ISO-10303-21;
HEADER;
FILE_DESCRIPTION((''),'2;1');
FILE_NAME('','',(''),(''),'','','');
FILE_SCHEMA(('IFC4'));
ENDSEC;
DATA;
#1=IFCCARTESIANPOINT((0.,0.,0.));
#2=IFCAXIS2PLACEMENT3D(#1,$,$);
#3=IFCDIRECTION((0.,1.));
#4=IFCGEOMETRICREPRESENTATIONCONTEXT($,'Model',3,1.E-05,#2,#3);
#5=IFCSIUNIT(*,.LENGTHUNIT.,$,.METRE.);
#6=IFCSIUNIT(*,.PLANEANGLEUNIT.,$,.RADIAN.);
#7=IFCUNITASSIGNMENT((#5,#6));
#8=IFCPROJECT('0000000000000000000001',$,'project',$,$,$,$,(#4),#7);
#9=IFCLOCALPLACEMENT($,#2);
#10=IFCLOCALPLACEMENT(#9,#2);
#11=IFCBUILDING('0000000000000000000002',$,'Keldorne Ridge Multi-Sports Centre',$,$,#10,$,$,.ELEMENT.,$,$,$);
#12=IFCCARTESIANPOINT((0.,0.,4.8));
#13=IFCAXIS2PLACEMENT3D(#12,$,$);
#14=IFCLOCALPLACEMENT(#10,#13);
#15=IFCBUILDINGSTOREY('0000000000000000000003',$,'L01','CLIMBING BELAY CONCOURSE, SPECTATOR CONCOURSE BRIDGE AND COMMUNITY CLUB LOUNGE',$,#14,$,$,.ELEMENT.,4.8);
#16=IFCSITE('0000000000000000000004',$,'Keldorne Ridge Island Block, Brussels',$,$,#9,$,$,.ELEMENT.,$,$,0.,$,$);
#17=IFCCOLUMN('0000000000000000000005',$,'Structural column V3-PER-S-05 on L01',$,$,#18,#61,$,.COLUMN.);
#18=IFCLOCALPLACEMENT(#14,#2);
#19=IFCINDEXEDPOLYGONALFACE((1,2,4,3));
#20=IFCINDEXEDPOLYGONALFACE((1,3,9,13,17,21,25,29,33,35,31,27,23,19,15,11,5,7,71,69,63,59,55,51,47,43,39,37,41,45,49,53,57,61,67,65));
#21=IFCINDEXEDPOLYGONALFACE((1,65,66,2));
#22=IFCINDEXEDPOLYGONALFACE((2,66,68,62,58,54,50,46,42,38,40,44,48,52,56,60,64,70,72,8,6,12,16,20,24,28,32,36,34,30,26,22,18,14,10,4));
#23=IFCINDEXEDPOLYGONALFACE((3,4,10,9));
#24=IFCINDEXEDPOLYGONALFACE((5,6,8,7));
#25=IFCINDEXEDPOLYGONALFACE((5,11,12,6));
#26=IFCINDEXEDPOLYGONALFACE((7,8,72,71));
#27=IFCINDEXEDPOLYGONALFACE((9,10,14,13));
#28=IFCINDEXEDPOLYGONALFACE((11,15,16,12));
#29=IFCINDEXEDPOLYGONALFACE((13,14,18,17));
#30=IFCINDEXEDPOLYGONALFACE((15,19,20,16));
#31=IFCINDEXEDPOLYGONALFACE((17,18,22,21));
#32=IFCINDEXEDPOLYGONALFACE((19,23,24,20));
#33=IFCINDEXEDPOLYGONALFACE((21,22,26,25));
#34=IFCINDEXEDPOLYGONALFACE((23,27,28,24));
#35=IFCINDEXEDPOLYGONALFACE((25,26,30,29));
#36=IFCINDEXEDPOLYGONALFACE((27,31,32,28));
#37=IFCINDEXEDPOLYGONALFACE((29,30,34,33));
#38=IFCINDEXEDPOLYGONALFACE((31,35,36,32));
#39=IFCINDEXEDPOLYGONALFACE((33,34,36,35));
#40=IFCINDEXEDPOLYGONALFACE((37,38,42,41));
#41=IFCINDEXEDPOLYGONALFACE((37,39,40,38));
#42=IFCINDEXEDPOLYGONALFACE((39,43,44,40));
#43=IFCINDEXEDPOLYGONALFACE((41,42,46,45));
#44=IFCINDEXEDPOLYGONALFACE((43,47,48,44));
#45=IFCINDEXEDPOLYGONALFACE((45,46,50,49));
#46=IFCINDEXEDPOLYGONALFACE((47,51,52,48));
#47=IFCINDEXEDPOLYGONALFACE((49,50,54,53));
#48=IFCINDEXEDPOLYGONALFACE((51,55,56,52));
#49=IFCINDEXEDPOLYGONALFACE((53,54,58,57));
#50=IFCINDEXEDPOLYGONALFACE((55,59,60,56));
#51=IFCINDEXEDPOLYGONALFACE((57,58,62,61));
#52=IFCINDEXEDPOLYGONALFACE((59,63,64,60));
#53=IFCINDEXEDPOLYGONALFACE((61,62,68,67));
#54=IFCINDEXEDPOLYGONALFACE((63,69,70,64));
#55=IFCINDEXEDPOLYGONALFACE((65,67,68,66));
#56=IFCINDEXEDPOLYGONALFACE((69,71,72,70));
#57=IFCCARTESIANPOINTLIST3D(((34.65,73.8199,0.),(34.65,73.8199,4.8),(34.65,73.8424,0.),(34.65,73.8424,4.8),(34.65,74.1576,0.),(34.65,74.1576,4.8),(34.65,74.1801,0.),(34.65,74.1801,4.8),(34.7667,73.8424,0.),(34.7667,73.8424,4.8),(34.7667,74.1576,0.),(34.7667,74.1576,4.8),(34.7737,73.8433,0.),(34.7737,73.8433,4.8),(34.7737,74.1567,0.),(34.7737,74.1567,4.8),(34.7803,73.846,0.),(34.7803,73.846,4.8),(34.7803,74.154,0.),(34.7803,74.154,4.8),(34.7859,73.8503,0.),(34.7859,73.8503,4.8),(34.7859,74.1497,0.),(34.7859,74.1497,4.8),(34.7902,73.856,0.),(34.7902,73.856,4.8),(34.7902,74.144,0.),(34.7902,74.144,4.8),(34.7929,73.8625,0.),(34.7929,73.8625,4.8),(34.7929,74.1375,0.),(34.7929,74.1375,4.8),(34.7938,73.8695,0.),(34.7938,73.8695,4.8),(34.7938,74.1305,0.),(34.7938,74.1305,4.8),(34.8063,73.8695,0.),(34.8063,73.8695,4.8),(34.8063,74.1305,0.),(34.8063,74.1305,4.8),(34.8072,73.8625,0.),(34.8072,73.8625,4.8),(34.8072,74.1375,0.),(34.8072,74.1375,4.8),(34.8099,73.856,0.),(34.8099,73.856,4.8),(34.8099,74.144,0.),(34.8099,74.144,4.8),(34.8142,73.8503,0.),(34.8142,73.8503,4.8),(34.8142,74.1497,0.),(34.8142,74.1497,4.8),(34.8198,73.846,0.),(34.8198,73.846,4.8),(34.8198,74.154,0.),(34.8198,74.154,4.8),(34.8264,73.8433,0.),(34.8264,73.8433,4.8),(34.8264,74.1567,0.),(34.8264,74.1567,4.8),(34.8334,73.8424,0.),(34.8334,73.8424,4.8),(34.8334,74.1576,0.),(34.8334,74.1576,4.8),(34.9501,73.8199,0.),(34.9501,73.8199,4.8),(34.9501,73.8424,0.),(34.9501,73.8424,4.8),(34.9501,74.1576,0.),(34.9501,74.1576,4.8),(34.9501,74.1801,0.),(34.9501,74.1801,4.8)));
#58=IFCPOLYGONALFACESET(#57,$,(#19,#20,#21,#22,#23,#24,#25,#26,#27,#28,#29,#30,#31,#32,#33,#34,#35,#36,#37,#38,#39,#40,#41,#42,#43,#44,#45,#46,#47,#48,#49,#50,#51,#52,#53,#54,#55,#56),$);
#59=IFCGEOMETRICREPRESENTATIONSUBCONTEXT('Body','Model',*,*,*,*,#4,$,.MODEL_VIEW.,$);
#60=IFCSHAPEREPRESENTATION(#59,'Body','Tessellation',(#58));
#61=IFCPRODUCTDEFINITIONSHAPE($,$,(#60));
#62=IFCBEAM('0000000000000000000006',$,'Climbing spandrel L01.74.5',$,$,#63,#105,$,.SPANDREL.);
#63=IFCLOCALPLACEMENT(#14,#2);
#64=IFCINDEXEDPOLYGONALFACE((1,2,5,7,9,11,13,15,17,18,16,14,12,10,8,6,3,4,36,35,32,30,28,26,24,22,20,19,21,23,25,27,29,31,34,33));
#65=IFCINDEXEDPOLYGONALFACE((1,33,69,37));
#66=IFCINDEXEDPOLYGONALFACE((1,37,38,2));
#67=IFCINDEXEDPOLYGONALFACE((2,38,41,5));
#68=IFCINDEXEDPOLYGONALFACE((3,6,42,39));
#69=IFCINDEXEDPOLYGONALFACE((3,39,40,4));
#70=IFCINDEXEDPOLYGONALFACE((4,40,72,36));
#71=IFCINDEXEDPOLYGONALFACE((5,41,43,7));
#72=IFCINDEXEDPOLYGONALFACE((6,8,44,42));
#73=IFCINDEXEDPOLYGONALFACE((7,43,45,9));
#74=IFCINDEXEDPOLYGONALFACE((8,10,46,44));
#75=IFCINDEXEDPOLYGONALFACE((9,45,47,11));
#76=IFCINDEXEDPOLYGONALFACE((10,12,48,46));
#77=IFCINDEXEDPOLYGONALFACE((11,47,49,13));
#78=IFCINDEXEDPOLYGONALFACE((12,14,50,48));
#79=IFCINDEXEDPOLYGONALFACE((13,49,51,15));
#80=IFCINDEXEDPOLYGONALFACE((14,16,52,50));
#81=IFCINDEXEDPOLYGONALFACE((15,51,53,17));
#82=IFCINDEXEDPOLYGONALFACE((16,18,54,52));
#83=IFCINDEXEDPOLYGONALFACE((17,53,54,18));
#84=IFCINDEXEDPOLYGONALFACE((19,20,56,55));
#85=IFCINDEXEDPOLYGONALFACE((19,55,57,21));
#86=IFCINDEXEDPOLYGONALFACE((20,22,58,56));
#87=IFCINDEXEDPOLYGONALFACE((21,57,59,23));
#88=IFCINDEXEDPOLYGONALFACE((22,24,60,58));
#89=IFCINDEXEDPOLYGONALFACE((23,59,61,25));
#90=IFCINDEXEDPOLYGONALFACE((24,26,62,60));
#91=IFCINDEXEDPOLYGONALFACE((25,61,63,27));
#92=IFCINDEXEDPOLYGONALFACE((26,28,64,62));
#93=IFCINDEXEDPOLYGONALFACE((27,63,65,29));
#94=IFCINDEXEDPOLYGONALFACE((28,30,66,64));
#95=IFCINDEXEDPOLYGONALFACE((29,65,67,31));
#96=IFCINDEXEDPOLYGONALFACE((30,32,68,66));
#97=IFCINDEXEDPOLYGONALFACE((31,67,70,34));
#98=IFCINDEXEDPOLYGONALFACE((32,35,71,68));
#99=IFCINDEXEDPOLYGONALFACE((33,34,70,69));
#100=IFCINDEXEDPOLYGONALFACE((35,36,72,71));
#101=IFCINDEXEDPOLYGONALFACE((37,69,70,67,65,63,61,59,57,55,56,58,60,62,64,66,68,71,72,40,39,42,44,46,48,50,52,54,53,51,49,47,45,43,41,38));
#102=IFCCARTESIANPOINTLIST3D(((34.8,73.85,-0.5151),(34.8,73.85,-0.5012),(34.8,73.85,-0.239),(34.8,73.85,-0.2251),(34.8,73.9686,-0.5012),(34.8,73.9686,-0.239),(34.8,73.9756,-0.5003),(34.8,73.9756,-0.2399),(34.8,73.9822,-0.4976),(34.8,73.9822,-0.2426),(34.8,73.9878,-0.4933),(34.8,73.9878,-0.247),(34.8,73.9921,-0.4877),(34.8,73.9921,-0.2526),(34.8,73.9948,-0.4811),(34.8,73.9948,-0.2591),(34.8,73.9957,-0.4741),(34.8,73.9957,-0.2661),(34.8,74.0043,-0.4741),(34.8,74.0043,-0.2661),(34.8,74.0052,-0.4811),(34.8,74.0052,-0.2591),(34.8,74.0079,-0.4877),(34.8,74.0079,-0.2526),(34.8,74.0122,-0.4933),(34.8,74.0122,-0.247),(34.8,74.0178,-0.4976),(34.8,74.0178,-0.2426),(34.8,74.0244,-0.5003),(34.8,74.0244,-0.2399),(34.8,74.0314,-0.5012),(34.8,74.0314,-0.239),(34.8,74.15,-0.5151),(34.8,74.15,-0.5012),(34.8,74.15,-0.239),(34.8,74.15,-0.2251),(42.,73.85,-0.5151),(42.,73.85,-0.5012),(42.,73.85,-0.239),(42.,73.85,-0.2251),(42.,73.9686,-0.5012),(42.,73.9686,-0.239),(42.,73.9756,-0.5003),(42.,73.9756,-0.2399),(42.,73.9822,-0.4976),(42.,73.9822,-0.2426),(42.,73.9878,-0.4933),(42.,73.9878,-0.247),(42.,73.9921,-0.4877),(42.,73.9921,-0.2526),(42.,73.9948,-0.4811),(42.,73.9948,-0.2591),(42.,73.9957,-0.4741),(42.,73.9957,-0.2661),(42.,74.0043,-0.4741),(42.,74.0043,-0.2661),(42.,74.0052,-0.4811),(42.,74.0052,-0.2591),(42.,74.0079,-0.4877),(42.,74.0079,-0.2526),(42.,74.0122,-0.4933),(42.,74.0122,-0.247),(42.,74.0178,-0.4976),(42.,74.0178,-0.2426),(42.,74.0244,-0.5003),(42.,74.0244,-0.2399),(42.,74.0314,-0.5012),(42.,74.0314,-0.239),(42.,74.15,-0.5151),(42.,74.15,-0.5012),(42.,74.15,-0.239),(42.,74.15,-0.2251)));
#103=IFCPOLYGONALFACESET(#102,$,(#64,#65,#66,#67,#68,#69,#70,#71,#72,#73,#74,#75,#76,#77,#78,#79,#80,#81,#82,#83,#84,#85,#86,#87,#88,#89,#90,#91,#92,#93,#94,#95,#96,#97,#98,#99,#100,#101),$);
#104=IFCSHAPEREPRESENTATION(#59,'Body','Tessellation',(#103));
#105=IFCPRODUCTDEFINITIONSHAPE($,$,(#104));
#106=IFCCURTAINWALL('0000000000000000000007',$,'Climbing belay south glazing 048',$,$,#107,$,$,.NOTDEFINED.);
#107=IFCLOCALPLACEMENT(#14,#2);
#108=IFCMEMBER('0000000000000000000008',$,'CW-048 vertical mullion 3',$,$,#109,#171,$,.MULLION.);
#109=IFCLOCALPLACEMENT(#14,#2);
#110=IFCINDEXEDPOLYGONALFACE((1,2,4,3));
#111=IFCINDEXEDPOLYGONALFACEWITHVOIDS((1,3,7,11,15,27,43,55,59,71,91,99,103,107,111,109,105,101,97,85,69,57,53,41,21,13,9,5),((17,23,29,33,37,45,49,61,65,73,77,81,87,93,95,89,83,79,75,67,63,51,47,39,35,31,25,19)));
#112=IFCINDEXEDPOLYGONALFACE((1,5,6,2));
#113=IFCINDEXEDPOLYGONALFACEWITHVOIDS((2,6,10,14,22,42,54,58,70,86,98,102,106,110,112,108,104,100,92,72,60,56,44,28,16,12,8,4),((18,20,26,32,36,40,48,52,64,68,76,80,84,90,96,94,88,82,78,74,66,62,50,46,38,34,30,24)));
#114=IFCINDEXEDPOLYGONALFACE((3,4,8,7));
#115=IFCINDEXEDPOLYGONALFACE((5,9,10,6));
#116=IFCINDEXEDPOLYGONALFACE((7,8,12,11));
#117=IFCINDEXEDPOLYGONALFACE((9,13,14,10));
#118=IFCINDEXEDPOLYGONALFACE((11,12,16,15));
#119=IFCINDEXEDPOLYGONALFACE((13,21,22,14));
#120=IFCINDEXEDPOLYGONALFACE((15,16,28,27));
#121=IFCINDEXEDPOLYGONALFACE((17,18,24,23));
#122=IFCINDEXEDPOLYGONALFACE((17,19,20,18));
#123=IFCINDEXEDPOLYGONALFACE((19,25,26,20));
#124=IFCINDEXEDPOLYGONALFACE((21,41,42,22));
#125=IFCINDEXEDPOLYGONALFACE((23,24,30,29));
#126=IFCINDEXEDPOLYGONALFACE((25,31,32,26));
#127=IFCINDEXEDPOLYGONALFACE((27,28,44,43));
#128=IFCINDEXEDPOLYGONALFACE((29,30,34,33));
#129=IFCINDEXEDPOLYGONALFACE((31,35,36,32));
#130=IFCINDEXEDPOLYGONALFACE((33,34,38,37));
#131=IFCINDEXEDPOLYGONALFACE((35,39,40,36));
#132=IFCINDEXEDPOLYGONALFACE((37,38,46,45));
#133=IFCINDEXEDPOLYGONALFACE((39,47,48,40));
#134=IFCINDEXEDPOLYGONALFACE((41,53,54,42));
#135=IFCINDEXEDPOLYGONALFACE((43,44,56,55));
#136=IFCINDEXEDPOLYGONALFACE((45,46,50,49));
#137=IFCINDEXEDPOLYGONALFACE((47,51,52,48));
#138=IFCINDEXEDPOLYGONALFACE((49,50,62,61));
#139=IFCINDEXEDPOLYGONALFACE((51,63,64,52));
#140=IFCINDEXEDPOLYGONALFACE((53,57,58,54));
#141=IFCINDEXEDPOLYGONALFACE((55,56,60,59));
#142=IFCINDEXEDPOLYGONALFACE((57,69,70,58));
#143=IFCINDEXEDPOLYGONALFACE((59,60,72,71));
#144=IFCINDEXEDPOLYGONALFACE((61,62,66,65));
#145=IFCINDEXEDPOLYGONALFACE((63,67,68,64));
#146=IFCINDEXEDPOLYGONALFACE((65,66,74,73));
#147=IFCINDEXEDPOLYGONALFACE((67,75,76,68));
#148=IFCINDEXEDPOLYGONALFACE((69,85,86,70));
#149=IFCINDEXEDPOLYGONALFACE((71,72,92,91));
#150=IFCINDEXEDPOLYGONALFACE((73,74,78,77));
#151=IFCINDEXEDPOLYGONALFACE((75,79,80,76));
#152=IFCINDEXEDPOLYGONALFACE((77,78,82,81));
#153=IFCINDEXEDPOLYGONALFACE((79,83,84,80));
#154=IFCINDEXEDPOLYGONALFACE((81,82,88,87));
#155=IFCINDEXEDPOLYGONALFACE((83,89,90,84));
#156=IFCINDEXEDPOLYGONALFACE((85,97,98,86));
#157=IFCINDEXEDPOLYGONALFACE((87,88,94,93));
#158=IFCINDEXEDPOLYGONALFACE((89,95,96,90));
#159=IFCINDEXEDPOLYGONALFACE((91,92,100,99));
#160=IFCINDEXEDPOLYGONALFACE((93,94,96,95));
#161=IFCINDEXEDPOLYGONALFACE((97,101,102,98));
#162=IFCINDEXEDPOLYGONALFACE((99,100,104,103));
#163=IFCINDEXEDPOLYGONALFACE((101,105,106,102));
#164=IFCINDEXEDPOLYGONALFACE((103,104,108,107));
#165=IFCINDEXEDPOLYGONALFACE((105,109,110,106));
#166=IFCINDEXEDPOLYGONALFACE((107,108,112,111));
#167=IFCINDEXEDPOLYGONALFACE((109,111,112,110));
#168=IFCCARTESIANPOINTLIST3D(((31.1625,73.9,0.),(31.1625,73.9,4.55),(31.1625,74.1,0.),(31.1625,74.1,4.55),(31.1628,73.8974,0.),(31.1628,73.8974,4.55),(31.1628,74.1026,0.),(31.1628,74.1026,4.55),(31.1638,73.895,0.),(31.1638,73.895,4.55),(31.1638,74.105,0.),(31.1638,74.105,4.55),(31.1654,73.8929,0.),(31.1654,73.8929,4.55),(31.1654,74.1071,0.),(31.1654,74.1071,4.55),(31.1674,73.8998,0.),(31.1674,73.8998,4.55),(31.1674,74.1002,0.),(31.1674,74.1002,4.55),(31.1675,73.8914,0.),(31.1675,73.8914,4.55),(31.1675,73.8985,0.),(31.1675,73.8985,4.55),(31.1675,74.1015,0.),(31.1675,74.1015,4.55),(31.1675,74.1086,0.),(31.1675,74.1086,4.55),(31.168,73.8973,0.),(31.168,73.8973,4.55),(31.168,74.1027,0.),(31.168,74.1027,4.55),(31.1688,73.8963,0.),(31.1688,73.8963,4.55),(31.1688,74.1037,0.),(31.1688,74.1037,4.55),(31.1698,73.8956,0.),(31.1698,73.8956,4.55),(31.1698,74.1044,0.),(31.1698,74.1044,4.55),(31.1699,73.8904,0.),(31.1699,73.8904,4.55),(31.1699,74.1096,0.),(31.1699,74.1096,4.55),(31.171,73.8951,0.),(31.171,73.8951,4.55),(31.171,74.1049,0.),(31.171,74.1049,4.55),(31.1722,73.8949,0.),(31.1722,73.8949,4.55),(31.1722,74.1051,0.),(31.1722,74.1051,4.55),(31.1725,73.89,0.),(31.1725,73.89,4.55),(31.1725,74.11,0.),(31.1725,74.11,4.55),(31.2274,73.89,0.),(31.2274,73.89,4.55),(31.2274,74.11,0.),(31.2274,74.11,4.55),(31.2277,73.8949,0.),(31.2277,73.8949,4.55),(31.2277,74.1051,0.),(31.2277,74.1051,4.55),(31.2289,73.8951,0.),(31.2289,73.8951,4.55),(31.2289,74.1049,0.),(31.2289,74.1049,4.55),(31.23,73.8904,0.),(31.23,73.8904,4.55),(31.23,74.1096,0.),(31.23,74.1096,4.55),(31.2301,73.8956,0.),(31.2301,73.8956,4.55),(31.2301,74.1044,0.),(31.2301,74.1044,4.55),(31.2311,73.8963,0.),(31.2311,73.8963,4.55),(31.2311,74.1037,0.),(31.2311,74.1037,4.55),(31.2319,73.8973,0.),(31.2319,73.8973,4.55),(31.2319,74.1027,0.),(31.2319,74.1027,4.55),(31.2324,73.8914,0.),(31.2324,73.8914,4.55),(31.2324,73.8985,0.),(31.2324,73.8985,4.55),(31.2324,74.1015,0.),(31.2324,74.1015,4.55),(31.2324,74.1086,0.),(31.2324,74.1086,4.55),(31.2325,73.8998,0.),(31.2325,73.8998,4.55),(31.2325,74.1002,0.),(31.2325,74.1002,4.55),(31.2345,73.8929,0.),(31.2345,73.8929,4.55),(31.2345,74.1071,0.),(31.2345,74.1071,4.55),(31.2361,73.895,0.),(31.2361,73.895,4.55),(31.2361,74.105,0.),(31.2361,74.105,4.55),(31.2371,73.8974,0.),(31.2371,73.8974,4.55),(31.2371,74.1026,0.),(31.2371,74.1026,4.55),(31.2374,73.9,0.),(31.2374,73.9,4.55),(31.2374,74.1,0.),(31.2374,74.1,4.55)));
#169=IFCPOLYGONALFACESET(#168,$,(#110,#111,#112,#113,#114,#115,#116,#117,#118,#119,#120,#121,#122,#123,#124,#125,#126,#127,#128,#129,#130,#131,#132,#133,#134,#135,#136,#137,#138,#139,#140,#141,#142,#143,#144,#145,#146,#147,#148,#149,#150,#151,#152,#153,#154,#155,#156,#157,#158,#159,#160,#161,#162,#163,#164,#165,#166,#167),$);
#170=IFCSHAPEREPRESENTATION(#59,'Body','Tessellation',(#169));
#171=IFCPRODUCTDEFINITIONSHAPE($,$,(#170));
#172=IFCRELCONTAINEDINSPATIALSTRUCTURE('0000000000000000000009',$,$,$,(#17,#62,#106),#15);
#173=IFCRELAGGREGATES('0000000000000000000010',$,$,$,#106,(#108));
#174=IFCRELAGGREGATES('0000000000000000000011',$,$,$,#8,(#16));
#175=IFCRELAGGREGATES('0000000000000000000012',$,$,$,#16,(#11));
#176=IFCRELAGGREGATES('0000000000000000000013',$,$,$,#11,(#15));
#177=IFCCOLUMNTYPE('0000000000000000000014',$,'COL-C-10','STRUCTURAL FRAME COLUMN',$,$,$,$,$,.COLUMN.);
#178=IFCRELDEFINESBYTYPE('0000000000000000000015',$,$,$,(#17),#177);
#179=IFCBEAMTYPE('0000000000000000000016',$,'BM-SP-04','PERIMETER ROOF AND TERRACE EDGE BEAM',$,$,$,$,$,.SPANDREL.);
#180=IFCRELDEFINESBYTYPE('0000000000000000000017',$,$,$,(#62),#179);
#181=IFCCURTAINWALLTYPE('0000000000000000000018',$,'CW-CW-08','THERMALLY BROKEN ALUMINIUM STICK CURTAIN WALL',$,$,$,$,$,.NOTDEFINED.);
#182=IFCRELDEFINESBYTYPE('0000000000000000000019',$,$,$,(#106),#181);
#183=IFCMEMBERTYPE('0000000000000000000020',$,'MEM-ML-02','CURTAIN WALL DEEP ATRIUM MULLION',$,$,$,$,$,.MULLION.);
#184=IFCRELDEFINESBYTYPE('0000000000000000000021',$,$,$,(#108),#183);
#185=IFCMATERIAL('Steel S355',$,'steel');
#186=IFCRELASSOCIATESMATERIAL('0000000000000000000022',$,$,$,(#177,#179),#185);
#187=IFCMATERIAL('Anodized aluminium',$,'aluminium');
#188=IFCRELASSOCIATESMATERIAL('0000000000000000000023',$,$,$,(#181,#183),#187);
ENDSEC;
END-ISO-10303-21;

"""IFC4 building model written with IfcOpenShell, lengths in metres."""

from ifc_helpers import new_model, si_unit, direction, frame, origin, origin_2d, place, context, subcontext, project, spatial, hollow_rectangle, i_section, extrude, material, material_profile, profile_set, type_object, element, aggregate, save


model = new_model("IFC4")

# Units and contexts
model_context = context("Model", 3, precision=1e-05, world=origin(), true_north=direction((0.0, 1.0)))
body_context = subcontext(model_context, "Body", "Model", "MODEL_VIEW")
ifc_project = project(units=[si_unit("LENGTHUNIT", "METRE"), si_unit("PLANEANGLEUNIT", "RADIAN")], contexts=[model_context])

# Site, building, storey
site_placement = place(None, origin())
site = spatial("IfcSite", under=ifc_project, at=site_placement, Name="Keldorne Ridge Island Block, Brussels", CompositionType="ELEMENT", RefElevation=0.0)
building_placement = place(site_placement, origin())
building = spatial("IfcBuilding", under=site, at=building_placement, Name="Keldorne Ridge Multi-Sports Centre", CompositionType="ELEMENT")
storey_placement = place(building_placement, frame((0.0, 0.0, 4.8)))
storey = spatial("IfcBuildingStorey", under=building, at=storey_placement, Name="L01", Description="CLIMBING BELAY CONCOURSE, SPECTATOR CONCOURSE BRIDGE AND COMMUNITY CLUB LOUNGE", CompositionType="ELEMENT", Elevation=4.8)

# Column
ifc_material_1 = material(Name="Steel S355", Category="steel")
ifc_material_profile_1 = material_profile(ifc_material_1, i_section(OverallWidth=0.3, OverallDepth=0.3601, WebThickness=0.0125, FlangeThickness=0.0225, FilletRadius=0.0271, at=origin_2d()), Name="HEB 360")
ifc_profile_set_1 = profile_set([ifc_material_profile_1], Name="Steel S355")
column_type = type_object("IfcColumnType", Name="COL-C-10", Description="STRUCTURAL FRAME COLUMN", PredefinedType="COLUMN", material=ifc_profile_set_1)
column_placement = place(storey_placement, frame((34.8, 74.0, 0.0), z_axis=(0.0, 0.0, 1.0), x_axis=(1.0, 0.0, 0.0)))
element("IfcColumn", 1, at=column_placement, inside=storey, type_object=column_type, Name="Structural column V3-PER-S-05 on L01", PredefinedType="COLUMN", context=body_context, shape_type="SweptSolid", body=[
    extrude(i_section(OverallWidth=0.3, OverallDepth=0.3601, WebThickness=0.0125, FlangeThickness=0.0225, FilletRadius=0.0271, at=origin_2d()), origin(), (0.0, 0.0, 1.0), 4.8),
])

# Beam
ifc_material_profile_2 = material_profile(ifc_material_1, i_section(OverallWidth=0.3, OverallDepth=0.29, WebThickness=0.0085, FlangeThickness=0.0139, FilletRadius=0.0271, at=origin_2d()), Name="HEA 300")
ifc_profile_set_2 = profile_set([ifc_material_profile_2], Name="Steel S355")
beam_type = type_object("IfcBeamType", Name="BM-SP-04", Description="PERIMETER ROOF AND TERRACE EDGE BEAM", PredefinedType="SPANDREL", material=ifc_profile_set_2)
beam_placement = place(storey_placement, frame((34.8, 74.0, -0.3701), z_axis=(1.0, 0.0, 0.0), x_axis=(0.0, 1.0, 0.0)))
element("IfcBeam", 2, at=beam_placement, inside=storey, type_object=beam_type, Name="Climbing spandrel L01.74.5", PredefinedType="SPANDREL", context=body_context, shape_type="SweptSolid", body=[
    extrude(i_section(OverallWidth=0.3, OverallDepth=0.29, WebThickness=0.0085, FlangeThickness=0.0139, FilletRadius=0.0271, at=origin_2d()), origin(), (0.0, 0.0, 1.0), 7.2),
])

# Curtain wall, member
ifc_material_2 = material(Name="Anodized aluminium", Category="aluminium")
curtain_wall_type_1 = type_object("IfcCurtainWallType", Name="CW-CW-08", Description="THERMALLY BROKEN ALUMINIUM STICK CURTAIN WALL", PredefinedType="NOTDEFINED", material=ifc_material_2)
curtain_wall_1_placement = place(storey_placement, origin())
curtain_wall_1 = element("IfcCurtainWall", 3, at=curtain_wall_1_placement, inside=storey, type_object=curtain_wall_type_1, Name="Climbing belay south glazing 048", PredefinedType="NOTDEFINED")
ifc_material_profile_3 = material_profile(ifc_material_2, hollow_rectangle(XDim=0.075, YDim=0.22, WallThickness=0.0049, InnerFilletRadius=0.0049, OuterFilletRadius=0.01, at=origin_2d()), Name="ALU MULLION 220x75x5")
ifc_profile_set_3 = profile_set([ifc_material_profile_3], Name="Anodized aluminium")
member_type_1 = type_object("IfcMemberType", Name="MEM-ML-02", Description="CURTAIN WALL DEEP ATRIUM MULLION", PredefinedType="MULLION", material=ifc_profile_set_3)
member_1_placement = place(storey_placement, frame((31.2, 74.0, 0.0), z_axis=(0.0, 0.0, 1.0), x_axis=(1.0, 0.0, 0.0)))
member_1 = element("IfcMember", 4, at=member_1_placement, type_object=member_type_1, Name="CW-048 vertical mullion 3", PredefinedType="MULLION", context=body_context, shape_type="SweptSolid", body=[
    extrude(hollow_rectangle(XDim=0.075, YDim=0.22, WallThickness=0.0049, InnerFilletRadius=0.0049, OuterFilletRadius=0.01, at=origin_2d()), origin(), (0.0, 0.0, 1.0), 4.55),
])

aggregate(curtain_wall_1, [member_1])

save(model, "model.ifc")
